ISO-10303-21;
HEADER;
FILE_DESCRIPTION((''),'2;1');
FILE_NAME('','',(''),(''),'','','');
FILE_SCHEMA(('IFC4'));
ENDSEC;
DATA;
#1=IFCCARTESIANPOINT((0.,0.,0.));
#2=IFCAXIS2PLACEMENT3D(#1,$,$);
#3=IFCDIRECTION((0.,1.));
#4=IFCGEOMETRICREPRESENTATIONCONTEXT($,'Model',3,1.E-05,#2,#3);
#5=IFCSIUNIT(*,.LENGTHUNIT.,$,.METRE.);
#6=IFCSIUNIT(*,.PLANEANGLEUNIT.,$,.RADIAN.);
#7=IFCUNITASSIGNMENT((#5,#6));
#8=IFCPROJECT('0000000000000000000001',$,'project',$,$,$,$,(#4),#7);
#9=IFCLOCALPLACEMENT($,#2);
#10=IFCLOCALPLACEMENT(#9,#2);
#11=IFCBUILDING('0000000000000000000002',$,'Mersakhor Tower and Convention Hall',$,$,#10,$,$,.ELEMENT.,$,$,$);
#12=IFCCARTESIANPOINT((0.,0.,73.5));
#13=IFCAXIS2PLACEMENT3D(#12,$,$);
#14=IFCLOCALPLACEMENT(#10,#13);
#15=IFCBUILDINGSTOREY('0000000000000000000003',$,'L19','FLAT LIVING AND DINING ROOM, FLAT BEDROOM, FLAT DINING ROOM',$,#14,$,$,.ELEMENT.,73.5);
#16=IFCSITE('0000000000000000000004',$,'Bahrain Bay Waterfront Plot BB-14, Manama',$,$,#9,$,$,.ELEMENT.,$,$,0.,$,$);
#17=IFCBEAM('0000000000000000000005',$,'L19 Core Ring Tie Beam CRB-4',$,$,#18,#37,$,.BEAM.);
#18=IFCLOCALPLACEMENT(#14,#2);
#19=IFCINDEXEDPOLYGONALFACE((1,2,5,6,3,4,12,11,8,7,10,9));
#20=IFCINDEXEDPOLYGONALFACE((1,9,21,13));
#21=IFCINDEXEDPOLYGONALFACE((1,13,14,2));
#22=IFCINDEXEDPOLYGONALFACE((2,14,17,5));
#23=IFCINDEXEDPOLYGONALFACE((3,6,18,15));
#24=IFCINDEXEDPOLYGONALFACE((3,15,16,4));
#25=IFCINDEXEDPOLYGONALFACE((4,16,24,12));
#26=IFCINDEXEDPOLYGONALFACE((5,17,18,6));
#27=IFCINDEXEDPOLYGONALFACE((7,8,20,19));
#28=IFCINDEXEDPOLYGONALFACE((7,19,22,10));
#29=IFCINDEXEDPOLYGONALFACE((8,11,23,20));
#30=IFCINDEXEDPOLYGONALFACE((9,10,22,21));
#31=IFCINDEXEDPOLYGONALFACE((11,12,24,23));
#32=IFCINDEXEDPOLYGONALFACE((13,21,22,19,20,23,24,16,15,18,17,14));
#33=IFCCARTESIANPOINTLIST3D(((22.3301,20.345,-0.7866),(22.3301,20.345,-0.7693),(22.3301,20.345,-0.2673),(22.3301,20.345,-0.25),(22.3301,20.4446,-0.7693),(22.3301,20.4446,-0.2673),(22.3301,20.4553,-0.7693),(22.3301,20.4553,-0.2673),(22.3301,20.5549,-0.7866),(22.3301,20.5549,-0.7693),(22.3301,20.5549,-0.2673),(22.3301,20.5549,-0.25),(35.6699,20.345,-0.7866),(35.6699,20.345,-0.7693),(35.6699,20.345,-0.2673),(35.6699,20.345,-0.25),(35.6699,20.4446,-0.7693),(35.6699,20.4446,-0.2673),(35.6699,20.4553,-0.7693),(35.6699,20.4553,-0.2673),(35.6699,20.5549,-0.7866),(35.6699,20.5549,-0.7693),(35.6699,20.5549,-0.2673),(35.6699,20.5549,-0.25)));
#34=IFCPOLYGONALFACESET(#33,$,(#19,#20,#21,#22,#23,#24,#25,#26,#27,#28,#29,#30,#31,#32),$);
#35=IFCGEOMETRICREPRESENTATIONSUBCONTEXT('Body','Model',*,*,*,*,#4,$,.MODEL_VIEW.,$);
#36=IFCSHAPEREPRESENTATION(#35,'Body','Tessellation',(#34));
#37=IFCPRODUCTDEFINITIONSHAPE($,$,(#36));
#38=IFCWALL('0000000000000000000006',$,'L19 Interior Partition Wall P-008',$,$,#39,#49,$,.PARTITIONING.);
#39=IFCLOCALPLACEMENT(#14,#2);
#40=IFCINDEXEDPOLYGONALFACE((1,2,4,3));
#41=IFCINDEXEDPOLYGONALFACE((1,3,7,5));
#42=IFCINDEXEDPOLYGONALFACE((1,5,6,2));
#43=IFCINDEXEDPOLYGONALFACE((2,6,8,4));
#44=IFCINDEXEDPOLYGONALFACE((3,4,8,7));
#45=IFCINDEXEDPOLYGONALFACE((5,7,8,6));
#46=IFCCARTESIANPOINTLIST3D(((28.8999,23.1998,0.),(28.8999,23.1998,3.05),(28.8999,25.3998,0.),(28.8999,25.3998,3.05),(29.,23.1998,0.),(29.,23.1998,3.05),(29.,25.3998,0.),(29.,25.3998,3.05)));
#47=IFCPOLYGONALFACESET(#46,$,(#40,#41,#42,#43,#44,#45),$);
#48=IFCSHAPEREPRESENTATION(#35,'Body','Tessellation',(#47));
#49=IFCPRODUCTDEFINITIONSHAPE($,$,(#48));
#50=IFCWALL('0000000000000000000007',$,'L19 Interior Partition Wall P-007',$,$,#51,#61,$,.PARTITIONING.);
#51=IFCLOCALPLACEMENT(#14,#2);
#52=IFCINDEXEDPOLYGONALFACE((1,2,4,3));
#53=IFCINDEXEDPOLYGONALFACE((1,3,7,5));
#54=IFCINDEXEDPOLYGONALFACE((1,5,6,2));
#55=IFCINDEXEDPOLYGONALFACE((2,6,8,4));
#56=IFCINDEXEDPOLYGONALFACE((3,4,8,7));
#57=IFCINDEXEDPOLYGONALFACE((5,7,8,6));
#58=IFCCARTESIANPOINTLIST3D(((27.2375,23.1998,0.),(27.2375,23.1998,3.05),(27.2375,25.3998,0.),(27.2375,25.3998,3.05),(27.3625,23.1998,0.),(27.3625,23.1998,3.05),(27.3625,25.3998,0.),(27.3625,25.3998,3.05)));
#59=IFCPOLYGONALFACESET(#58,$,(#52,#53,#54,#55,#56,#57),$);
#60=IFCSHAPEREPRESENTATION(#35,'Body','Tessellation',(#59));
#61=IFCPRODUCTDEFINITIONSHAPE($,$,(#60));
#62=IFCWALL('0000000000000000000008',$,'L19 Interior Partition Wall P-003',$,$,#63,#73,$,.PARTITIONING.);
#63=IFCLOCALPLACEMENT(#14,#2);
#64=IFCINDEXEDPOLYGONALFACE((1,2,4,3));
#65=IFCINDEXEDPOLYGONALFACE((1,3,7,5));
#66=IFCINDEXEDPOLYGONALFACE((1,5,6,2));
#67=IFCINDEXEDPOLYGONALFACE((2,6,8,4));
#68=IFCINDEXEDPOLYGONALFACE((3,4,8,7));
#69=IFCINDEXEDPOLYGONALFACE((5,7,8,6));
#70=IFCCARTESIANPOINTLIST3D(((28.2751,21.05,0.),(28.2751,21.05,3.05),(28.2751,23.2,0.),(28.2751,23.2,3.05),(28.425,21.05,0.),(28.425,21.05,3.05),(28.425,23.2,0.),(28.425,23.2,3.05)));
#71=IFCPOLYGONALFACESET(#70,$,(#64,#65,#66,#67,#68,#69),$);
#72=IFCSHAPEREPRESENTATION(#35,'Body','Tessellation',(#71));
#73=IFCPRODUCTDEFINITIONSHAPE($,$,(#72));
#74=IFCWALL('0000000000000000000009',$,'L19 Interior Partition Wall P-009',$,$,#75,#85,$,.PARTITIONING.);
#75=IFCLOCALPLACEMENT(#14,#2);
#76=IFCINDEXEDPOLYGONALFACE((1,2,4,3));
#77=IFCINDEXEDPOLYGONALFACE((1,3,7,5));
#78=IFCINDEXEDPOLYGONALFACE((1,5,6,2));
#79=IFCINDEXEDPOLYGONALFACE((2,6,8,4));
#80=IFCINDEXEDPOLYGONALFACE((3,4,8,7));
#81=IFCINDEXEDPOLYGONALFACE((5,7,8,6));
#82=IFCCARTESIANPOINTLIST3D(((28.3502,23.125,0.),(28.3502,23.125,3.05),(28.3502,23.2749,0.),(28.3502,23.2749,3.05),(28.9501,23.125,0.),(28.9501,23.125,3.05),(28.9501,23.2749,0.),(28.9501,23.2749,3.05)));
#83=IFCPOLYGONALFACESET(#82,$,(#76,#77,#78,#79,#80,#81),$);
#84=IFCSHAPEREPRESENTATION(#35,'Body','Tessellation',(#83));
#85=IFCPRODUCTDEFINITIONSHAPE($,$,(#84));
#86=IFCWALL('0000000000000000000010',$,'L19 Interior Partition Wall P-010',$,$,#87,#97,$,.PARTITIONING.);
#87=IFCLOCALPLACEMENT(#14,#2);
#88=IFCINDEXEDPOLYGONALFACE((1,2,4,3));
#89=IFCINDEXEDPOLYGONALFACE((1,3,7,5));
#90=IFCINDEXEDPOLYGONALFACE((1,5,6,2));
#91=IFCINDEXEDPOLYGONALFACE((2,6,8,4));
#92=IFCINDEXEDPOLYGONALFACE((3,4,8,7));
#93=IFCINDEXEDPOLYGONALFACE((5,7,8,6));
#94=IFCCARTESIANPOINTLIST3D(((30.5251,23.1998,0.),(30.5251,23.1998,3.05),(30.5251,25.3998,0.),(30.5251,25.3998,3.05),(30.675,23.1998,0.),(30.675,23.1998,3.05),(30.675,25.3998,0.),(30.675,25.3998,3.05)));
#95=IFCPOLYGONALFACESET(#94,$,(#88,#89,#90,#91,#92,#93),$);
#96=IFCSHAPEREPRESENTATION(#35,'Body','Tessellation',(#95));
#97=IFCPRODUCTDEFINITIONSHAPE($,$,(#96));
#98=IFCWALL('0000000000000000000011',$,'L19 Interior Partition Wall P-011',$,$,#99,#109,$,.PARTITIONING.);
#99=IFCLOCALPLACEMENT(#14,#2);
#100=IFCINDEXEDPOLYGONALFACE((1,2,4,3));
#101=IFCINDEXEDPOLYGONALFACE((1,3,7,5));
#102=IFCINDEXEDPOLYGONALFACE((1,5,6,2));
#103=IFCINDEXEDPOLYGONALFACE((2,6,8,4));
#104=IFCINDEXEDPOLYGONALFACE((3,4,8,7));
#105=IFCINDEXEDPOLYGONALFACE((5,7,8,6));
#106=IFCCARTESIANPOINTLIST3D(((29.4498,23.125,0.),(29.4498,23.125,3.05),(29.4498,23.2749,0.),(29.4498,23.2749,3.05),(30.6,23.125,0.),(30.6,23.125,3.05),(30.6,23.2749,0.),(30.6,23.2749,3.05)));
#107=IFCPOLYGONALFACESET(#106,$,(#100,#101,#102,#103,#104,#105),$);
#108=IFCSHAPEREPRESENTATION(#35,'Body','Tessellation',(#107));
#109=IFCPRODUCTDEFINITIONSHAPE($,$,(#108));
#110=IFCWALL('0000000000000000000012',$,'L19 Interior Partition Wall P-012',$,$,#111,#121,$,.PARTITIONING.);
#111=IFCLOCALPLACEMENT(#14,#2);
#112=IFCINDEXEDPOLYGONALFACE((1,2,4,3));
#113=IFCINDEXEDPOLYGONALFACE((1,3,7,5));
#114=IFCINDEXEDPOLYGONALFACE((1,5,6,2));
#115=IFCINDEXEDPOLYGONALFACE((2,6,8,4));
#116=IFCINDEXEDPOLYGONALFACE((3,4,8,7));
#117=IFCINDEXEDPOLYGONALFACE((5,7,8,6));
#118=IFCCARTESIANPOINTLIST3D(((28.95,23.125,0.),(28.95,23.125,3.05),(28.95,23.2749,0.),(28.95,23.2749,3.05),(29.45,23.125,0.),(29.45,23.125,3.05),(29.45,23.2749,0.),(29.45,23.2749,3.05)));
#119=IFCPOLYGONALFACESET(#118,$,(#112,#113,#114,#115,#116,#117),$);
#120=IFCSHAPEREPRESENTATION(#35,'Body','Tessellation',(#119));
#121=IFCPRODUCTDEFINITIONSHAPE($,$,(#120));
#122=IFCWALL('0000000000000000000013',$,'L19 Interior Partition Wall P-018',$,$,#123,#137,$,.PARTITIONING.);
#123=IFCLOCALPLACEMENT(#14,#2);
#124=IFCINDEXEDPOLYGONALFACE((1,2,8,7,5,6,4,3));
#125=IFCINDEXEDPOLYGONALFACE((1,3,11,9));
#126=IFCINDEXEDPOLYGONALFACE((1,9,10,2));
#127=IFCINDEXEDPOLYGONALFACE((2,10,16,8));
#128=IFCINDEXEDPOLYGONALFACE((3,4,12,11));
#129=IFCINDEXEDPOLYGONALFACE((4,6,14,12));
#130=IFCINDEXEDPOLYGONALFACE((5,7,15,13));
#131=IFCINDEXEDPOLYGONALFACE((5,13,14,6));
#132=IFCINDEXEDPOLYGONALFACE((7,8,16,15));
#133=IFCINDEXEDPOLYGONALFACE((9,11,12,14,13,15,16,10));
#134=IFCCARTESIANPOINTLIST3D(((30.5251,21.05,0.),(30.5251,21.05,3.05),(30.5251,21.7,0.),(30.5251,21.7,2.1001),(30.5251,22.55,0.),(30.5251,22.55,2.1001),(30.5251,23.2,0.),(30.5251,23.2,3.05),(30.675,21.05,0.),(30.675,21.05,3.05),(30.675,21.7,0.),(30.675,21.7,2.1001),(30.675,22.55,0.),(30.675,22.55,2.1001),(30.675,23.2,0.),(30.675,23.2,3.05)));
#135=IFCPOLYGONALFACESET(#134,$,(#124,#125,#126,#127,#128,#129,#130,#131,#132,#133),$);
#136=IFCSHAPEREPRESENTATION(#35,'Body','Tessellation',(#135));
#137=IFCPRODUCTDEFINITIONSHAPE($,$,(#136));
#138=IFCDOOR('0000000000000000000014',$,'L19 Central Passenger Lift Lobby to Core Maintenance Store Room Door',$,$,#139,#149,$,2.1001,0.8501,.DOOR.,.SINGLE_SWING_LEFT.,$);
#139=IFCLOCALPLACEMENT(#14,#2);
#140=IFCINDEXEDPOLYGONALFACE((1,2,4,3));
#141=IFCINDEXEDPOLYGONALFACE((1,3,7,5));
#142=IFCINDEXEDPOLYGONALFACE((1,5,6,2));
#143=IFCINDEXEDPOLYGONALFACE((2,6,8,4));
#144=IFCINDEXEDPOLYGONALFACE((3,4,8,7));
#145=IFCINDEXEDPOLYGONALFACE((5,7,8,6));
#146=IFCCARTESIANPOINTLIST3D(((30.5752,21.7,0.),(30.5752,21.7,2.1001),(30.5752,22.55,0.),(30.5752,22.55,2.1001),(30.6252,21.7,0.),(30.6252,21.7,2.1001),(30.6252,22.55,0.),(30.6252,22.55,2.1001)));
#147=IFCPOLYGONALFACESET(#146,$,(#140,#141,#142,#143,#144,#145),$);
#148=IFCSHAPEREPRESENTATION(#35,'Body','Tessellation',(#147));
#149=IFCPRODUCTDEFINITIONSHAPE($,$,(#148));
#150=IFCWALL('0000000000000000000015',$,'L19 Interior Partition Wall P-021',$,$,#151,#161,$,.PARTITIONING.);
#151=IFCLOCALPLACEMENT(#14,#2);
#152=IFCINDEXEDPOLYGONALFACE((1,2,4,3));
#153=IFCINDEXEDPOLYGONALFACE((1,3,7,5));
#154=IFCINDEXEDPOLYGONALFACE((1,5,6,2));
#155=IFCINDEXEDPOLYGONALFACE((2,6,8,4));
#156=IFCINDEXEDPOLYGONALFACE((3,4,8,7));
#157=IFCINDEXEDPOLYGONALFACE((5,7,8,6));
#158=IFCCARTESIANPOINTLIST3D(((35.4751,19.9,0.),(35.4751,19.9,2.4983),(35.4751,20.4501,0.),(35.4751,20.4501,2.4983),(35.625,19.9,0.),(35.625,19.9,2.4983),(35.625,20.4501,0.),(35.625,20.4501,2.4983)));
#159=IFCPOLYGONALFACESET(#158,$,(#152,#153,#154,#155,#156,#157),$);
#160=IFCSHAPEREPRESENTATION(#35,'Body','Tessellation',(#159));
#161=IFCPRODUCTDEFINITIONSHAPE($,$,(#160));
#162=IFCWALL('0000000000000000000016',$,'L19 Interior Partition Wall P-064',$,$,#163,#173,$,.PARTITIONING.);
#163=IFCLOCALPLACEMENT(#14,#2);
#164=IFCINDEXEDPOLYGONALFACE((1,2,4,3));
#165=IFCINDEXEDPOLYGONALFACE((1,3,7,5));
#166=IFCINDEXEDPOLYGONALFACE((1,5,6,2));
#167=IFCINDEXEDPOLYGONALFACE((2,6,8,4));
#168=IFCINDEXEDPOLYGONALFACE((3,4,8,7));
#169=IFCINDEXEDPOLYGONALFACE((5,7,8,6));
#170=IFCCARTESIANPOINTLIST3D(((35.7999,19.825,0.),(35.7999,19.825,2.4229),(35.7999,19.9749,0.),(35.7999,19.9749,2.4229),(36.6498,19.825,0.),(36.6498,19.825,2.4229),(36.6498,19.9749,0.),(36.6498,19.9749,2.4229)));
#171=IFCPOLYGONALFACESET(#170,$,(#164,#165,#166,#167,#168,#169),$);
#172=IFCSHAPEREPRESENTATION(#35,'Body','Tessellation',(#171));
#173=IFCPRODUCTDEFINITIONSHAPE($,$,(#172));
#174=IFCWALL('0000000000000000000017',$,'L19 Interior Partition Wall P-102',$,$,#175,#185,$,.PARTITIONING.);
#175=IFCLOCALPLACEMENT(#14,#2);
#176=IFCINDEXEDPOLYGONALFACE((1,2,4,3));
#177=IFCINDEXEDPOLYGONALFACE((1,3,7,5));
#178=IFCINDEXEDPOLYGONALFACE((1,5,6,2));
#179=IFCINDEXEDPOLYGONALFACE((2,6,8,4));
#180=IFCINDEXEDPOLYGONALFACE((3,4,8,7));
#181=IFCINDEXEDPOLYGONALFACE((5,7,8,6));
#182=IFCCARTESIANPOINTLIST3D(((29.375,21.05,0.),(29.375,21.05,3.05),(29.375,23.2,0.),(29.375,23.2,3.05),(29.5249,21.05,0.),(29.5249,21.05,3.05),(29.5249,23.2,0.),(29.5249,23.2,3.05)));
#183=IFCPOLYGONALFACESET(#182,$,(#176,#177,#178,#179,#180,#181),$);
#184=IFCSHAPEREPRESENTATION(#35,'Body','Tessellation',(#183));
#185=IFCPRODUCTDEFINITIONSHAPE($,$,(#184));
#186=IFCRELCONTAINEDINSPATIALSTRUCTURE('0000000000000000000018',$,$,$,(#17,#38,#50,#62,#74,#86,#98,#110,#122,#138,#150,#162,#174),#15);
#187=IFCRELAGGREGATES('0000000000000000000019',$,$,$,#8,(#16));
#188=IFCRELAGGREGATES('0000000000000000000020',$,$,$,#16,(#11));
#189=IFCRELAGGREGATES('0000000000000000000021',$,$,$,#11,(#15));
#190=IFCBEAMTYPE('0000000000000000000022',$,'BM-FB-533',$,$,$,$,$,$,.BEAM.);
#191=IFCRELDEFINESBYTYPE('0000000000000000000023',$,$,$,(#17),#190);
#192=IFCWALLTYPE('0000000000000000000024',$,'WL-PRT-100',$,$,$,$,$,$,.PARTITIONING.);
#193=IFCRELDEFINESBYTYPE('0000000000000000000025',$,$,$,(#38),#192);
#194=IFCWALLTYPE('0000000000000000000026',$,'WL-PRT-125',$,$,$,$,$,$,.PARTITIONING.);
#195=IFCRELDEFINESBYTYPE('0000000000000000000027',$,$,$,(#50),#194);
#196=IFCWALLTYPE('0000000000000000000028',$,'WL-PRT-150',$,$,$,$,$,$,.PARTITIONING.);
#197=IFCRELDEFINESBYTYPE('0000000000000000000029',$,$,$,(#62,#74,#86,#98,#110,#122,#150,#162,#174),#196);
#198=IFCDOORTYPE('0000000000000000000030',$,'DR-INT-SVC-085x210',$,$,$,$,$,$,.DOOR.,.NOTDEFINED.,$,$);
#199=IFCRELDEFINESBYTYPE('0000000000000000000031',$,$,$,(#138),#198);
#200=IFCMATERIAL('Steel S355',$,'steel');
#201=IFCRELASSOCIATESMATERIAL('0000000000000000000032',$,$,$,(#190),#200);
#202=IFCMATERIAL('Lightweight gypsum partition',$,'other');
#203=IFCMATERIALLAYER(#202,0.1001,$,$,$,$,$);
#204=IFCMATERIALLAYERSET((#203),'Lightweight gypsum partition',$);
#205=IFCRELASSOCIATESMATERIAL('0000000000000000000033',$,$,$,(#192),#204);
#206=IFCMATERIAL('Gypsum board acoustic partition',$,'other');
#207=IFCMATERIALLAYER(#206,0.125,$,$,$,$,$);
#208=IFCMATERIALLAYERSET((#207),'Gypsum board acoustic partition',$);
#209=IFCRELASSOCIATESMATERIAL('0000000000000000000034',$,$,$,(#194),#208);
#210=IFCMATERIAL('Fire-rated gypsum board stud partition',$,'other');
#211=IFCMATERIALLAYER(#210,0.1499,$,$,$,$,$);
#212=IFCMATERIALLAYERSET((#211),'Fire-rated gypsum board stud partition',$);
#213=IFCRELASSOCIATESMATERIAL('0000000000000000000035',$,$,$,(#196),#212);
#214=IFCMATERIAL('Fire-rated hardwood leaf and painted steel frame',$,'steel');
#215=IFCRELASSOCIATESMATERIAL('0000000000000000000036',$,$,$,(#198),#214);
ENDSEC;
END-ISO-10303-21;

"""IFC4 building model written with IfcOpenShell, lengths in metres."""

from ifc_helpers import new_model, si_unit, direction, frame, frame_2d, origin, origin_2d, place, context, subcontext, project, spatial, rectangle, i_section, extrude, material, layer, layer_set, material_profile, profile_set, type_object, element, fill, save


model = new_model("IFC4")

# Units and contexts
model_context = context("Model", 3, precision=1e-05, world=origin(), true_north=direction((0.0, 1.0)))
body_context = subcontext(model_context, "Body", "Model", "MODEL_VIEW")
ifc_project = project(units=[si_unit("LENGTHUNIT", "METRE"), si_unit("PLANEANGLEUNIT", "RADIAN")], contexts=[model_context])

# Site, building, storey
site_placement = place(None, origin())
site = spatial("IfcSite", under=ifc_project, at=site_placement, Name="Bahrain Bay Waterfront Plot BB-14, Manama", CompositionType="ELEMENT", RefElevation=0.0)
building_placement = place(site_placement, origin())
building = spatial("IfcBuilding", under=site, at=building_placement, Name="Mersakhor Tower and Convention Hall", CompositionType="ELEMENT")
storey_placement = place(building_placement, frame((0.0, 0.0, 73.5)))
storey = spatial("IfcBuildingStorey", under=building, at=storey_placement, Name="L19", Description="FLAT LIVING AND DINING ROOM, FLAT BEDROOM, FLAT DINING ROOM", CompositionType="ELEMENT", Elevation=73.5)

# Beam
ifc_material_1 = material(Name="Steel S355", Category="steel")
ifc_material_profile = material_profile(ifc_material_1, i_section(OverallWidth=0.21, OverallDepth=0.5366, WebThickness=0.0107, FlangeThickness=0.0173, at=origin_2d()), Name="UB 533x210x101")
ifc_profile_set = profile_set([ifc_material_profile], Name="Steel S355")
beam_type = type_object("IfcBeamType", Name="BM-FB-533", PredefinedType="BEAM", material=ifc_profile_set)
beam_placement = place(storey_placement, frame((35.6699, 20.45, -0.5183), z_axis=(-1.0, 0.0, 0.0), x_axis=(0.0, -1.0, 0.0)))
element("IfcBeam", 1, at=beam_placement, inside=storey, type_object=beam_type, Name="L19 Core Ring Tie Beam CRB-4", PredefinedType="BEAM", context=body_context, shape_type="SweptSolid", body=[
    extrude(i_section(OverallWidth=0.21, OverallDepth=0.5366, WebThickness=0.0107, FlangeThickness=0.0173, at=origin_2d()), origin(), (0.0, 0.0, 1.0), 13.3398),
])

# Walls
ifc_material_2 = material(Name="Lightweight gypsum partition", Category="other")
ifc_layer_1 = layer(ifc_material_2, 0.1001)
ifc_layer_set_1 = layer_set([ifc_layer_1], Name="Lightweight gypsum partition")
wall_type_1 = type_object("IfcWallType", Name="WL-PRT-100", PredefinedType="PARTITIONING", material=ifc_layer_set_1)
wall_1_placement = place(storey_placement, frame((28.95, 25.3999, 0.0), z_axis=(0.0, 0.0, 1.0), x_axis=(0.0, -1.0, 0.0)))
element("IfcWall", 2, at=wall_1_placement, inside=storey, type_object=wall_type_1, Name="L19 Interior Partition Wall P-008", PredefinedType="PARTITIONING", context=body_context, shape_type="SweptSolid", body=[
    extrude(rectangle(XDim=2.2, YDim=0.1001, at=frame_2d((1.1001, 0.0))), origin(), (0.0, 0.0, 1.0), 3.05),
])
ifc_material_3 = material(Name="Gypsum board acoustic partition", Category="other")
ifc_layer_2 = layer(ifc_material_3, 0.125)
ifc_layer_set_2 = layer_set([ifc_layer_2], Name="Gypsum board acoustic partition")
wall_type_2 = type_object("IfcWallType", Name="WL-PRT-125", PredefinedType="PARTITIONING", material=ifc_layer_set_2)
wall_2_placement = place(storey_placement, frame((27.3, 25.3999, 0.0), z_axis=(0.0, 0.0, 1.0), x_axis=(0.0, -1.0, 0.0)))
element("IfcWall", 3, at=wall_2_placement, inside=storey, type_object=wall_type_2, Name="L19 Interior Partition Wall P-007", PredefinedType="PARTITIONING", context=body_context, shape_type="SweptSolid", body=[
    extrude(rectangle(XDim=2.2, YDim=0.125, at=frame_2d((1.1001, 0.0))), origin(), (0.0, 0.0, 1.0), 3.05),
])
ifc_material_4 = material(Name="Fire-rated gypsum board stud partition", Category="other")
ifc_layer_3 = layer(ifc_material_4, 0.1499)
ifc_layer_set_3 = layer_set([ifc_layer_3], Name="Fire-rated gypsum board stud partition")
wall_type_3 = type_object("IfcWallType", Name="WL-PRT-150", PredefinedType="PARTITIONING", material=ifc_layer_set_3)
wall_3_placement = place(storey_placement, frame((28.3501, 23.2, 0.0), z_axis=(0.0, 0.0, 1.0), x_axis=(0.0, -1.0, 0.0)))
element("IfcWall", 4, at=wall_3_placement, inside=storey, type_object=wall_type_3, Name="L19 Interior Partition Wall P-003", PredefinedType="PARTITIONING", context=body_context, shape_type="SweptSolid", body=[
    extrude(rectangle(XDim=2.1499, YDim=0.1499, at=frame_2d((1.075, 0.0))), origin(), (0.0, 0.0, 1.0), 3.05),
])
wall_4_placement = place(storey_placement, frame((28.95, 23.2, 0.0), z_axis=(0.0, 0.0, 1.0), x_axis=(-1.0, 0.0, 0.0)))
element("IfcWall", 5, at=wall_4_placement, inside=storey, type_object=wall_type_3, Name="L19 Interior Partition Wall P-009", PredefinedType="PARTITIONING", context=body_context, shape_type="SweptSolid", body=[
    extrude(rectangle(XDim=0.5999, YDim=0.1499, at=frame_2d((0.2998, 0.0))), origin(), (0.0, 0.0, 1.0), 3.05),
])
wall_5_placement = place(storey_placement, frame((30.6001, 25.3999, 0.0), z_axis=(0.0, 0.0, 1.0), x_axis=(0.0, -1.0, 0.0)))
element("IfcWall", 6, at=wall_5_placement, inside=storey, type_object=wall_type_3, Name="L19 Interior Partition Wall P-010", PredefinedType="PARTITIONING", context=body_context, shape_type="SweptSolid", body=[
    extrude(rectangle(XDim=2.2, YDim=0.1499, at=frame_2d((1.1001, 0.0))), origin(), (0.0, 0.0, 1.0), 3.05),
])
wall_6_placement = place(storey_placement, frame((30.6001, 23.2, 0.0), z_axis=(0.0, 0.0, 1.0), x_axis=(-1.0, 0.0, 0.0)))
element("IfcWall", 7, at=wall_6_placement, inside=storey, type_object=wall_type_3, Name="L19 Interior Partition Wall P-011", PredefinedType="PARTITIONING", context=body_context, shape_type="SweptSolid", body=[
    extrude(rectangle(XDim=1.1501, YDim=0.1499, at=frame_2d((0.5752, 0.0))), origin(), (0.0, 0.0, 1.0), 3.05),
])
wall_7_placement = place(storey_placement, frame((29.45, 23.2, 0.0), z_axis=(0.0, 0.0, 1.0), x_axis=(-1.0, 0.0, 0.0)))
element("IfcWall", 8, at=wall_7_placement, inside=storey, type_object=wall_type_3, Name="L19 Interior Partition Wall P-012", PredefinedType="PARTITIONING", context=body_context, shape_type="SweptSolid", body=[
    extrude(rectangle(XDim=0.5, YDim=0.1499, at=frame_2d((0.25, 0.0))), origin(), (0.0, 0.0, 1.0), 3.05),
])

# Wall, opening, door
wall_8_placement = place(storey_placement, frame((30.6001, 21.05, 0.0), z_axis=(0.0, 0.0, 1.0), x_axis=(0.0, 1.0, 0.0)))
wall_8 = element("IfcWall", 9, at=wall_8_placement, inside=storey, type_object=wall_type_3, Name="L19 Interior Partition Wall P-018", PredefinedType="PARTITIONING", context=body_context, shape_type="SweptSolid", body=[
    extrude(rectangle(XDim=2.1499, YDim=0.1499, at=frame_2d((1.075, 0.0))), origin(), (0.0, 0.0, 1.0), 3.05),
])
opening_1_placement = place(wall_8_placement, frame((0.6499, 0.0, 0.0)))
opening_1 = element("IfcOpeningElement", 10, at=opening_1_placement, cuts=wall_8, PredefinedType="OPENING", context=body_context, shape_type="SweptSolid", body=[
    extrude(rectangle(XDim=0.8501, YDim=2.1001, at=frame_2d((0.425, 1.05))), frame((0.0, 0.085, 0.0), z_axis=(0.0, -1.0, 0.0), x_axis=(1.0, 0.0, 0.0)), (0.0, 0.0, 1.0), 0.1699),
])
ifc_material_5 = material(Name="Fire-rated hardwood leaf and painted steel frame", Category="steel")
door_type_1 = type_object("IfcDoorType", Name="DR-INT-SVC-085x210", OperationType="NOTDEFINED", PredefinedType="DOOR", material=ifc_material_5)
door_1_placement = place(opening_1_placement, origin())
door_1 = element("IfcDoor", 11, at=door_1_placement, inside=storey, type_object=door_type_1, Name="L19 Central Passenger Lift Lobby to Core Maintenance Store Room Door", OperationType="SINGLE_SWING_LEFT", OverallHeight=2.1001, OverallWidth=0.8501, PredefinedType="DOOR", context=body_context, shape_type="SweptSolid", body=[
    extrude(rectangle(XDim=0.8501, YDim=2.1001, at=frame_2d((0.425, 1.05))), frame((0.0, 0.0249, 0.0), z_axis=(0.0, -1.0, 0.0), x_axis=(1.0, 0.0, 0.0)), (0.0, 0.0, 1.0), 0.05),
])
fill(opening_1, door_1)

# Walls
wall_9_placement = place(storey_placement, frame((35.55, 20.45, 0.0), z_axis=(0.0, 0.0, 1.0), x_axis=(0.0, -1.0, 0.0)))
element("IfcWall", 12, at=wall_9_placement, inside=storey, type_object=wall_type_3, Name="L19 Interior Partition Wall P-021", PredefinedType="PARTITIONING", context=body_context, shape_type="SweptSolid", body=[
    extrude(rectangle(XDim=0.55, YDim=0.1499, at=frame_2d((0.2749, 0.0))), origin(), (0.0, 0.0, 1.0), 2.4983),
])
wall_10_placement = place(storey_placement, frame((35.8, 19.8999, 0.0), z_axis=(0.0, 0.0, 1.0), x_axis=(1.0, 0.0, 0.0)))
element("IfcWall", 13, at=wall_10_placement, inside=storey, type_object=wall_type_3, Name="L19 Interior Partition Wall P-064", PredefinedType="PARTITIONING", context=body_context, shape_type="SweptSolid", body=[
    extrude(rectangle(XDim=0.8499, YDim=0.1499, at=frame_2d((0.4248, 0.0))), origin(), (0.0, 0.0, 1.0), 2.4229),
])
wall_11_placement = place(storey_placement, frame((29.45, 23.2, 0.0), z_axis=(0.0, 0.0, 1.0), x_axis=(0.0, -1.0, 0.0)))
element("IfcWall", 14, at=wall_11_placement, inside=storey, type_object=wall_type_3, Name="L19 Interior Partition Wall P-102", PredefinedType="PARTITIONING", context=body_context, shape_type="SweptSolid", body=[
    extrude(rectangle(XDim=2.1499, YDim=0.1499, at=frame_2d((1.075, 0.0))), origin(), (0.0, 0.0, 1.0), 3.05),
])

save(model, "model.ifc")
